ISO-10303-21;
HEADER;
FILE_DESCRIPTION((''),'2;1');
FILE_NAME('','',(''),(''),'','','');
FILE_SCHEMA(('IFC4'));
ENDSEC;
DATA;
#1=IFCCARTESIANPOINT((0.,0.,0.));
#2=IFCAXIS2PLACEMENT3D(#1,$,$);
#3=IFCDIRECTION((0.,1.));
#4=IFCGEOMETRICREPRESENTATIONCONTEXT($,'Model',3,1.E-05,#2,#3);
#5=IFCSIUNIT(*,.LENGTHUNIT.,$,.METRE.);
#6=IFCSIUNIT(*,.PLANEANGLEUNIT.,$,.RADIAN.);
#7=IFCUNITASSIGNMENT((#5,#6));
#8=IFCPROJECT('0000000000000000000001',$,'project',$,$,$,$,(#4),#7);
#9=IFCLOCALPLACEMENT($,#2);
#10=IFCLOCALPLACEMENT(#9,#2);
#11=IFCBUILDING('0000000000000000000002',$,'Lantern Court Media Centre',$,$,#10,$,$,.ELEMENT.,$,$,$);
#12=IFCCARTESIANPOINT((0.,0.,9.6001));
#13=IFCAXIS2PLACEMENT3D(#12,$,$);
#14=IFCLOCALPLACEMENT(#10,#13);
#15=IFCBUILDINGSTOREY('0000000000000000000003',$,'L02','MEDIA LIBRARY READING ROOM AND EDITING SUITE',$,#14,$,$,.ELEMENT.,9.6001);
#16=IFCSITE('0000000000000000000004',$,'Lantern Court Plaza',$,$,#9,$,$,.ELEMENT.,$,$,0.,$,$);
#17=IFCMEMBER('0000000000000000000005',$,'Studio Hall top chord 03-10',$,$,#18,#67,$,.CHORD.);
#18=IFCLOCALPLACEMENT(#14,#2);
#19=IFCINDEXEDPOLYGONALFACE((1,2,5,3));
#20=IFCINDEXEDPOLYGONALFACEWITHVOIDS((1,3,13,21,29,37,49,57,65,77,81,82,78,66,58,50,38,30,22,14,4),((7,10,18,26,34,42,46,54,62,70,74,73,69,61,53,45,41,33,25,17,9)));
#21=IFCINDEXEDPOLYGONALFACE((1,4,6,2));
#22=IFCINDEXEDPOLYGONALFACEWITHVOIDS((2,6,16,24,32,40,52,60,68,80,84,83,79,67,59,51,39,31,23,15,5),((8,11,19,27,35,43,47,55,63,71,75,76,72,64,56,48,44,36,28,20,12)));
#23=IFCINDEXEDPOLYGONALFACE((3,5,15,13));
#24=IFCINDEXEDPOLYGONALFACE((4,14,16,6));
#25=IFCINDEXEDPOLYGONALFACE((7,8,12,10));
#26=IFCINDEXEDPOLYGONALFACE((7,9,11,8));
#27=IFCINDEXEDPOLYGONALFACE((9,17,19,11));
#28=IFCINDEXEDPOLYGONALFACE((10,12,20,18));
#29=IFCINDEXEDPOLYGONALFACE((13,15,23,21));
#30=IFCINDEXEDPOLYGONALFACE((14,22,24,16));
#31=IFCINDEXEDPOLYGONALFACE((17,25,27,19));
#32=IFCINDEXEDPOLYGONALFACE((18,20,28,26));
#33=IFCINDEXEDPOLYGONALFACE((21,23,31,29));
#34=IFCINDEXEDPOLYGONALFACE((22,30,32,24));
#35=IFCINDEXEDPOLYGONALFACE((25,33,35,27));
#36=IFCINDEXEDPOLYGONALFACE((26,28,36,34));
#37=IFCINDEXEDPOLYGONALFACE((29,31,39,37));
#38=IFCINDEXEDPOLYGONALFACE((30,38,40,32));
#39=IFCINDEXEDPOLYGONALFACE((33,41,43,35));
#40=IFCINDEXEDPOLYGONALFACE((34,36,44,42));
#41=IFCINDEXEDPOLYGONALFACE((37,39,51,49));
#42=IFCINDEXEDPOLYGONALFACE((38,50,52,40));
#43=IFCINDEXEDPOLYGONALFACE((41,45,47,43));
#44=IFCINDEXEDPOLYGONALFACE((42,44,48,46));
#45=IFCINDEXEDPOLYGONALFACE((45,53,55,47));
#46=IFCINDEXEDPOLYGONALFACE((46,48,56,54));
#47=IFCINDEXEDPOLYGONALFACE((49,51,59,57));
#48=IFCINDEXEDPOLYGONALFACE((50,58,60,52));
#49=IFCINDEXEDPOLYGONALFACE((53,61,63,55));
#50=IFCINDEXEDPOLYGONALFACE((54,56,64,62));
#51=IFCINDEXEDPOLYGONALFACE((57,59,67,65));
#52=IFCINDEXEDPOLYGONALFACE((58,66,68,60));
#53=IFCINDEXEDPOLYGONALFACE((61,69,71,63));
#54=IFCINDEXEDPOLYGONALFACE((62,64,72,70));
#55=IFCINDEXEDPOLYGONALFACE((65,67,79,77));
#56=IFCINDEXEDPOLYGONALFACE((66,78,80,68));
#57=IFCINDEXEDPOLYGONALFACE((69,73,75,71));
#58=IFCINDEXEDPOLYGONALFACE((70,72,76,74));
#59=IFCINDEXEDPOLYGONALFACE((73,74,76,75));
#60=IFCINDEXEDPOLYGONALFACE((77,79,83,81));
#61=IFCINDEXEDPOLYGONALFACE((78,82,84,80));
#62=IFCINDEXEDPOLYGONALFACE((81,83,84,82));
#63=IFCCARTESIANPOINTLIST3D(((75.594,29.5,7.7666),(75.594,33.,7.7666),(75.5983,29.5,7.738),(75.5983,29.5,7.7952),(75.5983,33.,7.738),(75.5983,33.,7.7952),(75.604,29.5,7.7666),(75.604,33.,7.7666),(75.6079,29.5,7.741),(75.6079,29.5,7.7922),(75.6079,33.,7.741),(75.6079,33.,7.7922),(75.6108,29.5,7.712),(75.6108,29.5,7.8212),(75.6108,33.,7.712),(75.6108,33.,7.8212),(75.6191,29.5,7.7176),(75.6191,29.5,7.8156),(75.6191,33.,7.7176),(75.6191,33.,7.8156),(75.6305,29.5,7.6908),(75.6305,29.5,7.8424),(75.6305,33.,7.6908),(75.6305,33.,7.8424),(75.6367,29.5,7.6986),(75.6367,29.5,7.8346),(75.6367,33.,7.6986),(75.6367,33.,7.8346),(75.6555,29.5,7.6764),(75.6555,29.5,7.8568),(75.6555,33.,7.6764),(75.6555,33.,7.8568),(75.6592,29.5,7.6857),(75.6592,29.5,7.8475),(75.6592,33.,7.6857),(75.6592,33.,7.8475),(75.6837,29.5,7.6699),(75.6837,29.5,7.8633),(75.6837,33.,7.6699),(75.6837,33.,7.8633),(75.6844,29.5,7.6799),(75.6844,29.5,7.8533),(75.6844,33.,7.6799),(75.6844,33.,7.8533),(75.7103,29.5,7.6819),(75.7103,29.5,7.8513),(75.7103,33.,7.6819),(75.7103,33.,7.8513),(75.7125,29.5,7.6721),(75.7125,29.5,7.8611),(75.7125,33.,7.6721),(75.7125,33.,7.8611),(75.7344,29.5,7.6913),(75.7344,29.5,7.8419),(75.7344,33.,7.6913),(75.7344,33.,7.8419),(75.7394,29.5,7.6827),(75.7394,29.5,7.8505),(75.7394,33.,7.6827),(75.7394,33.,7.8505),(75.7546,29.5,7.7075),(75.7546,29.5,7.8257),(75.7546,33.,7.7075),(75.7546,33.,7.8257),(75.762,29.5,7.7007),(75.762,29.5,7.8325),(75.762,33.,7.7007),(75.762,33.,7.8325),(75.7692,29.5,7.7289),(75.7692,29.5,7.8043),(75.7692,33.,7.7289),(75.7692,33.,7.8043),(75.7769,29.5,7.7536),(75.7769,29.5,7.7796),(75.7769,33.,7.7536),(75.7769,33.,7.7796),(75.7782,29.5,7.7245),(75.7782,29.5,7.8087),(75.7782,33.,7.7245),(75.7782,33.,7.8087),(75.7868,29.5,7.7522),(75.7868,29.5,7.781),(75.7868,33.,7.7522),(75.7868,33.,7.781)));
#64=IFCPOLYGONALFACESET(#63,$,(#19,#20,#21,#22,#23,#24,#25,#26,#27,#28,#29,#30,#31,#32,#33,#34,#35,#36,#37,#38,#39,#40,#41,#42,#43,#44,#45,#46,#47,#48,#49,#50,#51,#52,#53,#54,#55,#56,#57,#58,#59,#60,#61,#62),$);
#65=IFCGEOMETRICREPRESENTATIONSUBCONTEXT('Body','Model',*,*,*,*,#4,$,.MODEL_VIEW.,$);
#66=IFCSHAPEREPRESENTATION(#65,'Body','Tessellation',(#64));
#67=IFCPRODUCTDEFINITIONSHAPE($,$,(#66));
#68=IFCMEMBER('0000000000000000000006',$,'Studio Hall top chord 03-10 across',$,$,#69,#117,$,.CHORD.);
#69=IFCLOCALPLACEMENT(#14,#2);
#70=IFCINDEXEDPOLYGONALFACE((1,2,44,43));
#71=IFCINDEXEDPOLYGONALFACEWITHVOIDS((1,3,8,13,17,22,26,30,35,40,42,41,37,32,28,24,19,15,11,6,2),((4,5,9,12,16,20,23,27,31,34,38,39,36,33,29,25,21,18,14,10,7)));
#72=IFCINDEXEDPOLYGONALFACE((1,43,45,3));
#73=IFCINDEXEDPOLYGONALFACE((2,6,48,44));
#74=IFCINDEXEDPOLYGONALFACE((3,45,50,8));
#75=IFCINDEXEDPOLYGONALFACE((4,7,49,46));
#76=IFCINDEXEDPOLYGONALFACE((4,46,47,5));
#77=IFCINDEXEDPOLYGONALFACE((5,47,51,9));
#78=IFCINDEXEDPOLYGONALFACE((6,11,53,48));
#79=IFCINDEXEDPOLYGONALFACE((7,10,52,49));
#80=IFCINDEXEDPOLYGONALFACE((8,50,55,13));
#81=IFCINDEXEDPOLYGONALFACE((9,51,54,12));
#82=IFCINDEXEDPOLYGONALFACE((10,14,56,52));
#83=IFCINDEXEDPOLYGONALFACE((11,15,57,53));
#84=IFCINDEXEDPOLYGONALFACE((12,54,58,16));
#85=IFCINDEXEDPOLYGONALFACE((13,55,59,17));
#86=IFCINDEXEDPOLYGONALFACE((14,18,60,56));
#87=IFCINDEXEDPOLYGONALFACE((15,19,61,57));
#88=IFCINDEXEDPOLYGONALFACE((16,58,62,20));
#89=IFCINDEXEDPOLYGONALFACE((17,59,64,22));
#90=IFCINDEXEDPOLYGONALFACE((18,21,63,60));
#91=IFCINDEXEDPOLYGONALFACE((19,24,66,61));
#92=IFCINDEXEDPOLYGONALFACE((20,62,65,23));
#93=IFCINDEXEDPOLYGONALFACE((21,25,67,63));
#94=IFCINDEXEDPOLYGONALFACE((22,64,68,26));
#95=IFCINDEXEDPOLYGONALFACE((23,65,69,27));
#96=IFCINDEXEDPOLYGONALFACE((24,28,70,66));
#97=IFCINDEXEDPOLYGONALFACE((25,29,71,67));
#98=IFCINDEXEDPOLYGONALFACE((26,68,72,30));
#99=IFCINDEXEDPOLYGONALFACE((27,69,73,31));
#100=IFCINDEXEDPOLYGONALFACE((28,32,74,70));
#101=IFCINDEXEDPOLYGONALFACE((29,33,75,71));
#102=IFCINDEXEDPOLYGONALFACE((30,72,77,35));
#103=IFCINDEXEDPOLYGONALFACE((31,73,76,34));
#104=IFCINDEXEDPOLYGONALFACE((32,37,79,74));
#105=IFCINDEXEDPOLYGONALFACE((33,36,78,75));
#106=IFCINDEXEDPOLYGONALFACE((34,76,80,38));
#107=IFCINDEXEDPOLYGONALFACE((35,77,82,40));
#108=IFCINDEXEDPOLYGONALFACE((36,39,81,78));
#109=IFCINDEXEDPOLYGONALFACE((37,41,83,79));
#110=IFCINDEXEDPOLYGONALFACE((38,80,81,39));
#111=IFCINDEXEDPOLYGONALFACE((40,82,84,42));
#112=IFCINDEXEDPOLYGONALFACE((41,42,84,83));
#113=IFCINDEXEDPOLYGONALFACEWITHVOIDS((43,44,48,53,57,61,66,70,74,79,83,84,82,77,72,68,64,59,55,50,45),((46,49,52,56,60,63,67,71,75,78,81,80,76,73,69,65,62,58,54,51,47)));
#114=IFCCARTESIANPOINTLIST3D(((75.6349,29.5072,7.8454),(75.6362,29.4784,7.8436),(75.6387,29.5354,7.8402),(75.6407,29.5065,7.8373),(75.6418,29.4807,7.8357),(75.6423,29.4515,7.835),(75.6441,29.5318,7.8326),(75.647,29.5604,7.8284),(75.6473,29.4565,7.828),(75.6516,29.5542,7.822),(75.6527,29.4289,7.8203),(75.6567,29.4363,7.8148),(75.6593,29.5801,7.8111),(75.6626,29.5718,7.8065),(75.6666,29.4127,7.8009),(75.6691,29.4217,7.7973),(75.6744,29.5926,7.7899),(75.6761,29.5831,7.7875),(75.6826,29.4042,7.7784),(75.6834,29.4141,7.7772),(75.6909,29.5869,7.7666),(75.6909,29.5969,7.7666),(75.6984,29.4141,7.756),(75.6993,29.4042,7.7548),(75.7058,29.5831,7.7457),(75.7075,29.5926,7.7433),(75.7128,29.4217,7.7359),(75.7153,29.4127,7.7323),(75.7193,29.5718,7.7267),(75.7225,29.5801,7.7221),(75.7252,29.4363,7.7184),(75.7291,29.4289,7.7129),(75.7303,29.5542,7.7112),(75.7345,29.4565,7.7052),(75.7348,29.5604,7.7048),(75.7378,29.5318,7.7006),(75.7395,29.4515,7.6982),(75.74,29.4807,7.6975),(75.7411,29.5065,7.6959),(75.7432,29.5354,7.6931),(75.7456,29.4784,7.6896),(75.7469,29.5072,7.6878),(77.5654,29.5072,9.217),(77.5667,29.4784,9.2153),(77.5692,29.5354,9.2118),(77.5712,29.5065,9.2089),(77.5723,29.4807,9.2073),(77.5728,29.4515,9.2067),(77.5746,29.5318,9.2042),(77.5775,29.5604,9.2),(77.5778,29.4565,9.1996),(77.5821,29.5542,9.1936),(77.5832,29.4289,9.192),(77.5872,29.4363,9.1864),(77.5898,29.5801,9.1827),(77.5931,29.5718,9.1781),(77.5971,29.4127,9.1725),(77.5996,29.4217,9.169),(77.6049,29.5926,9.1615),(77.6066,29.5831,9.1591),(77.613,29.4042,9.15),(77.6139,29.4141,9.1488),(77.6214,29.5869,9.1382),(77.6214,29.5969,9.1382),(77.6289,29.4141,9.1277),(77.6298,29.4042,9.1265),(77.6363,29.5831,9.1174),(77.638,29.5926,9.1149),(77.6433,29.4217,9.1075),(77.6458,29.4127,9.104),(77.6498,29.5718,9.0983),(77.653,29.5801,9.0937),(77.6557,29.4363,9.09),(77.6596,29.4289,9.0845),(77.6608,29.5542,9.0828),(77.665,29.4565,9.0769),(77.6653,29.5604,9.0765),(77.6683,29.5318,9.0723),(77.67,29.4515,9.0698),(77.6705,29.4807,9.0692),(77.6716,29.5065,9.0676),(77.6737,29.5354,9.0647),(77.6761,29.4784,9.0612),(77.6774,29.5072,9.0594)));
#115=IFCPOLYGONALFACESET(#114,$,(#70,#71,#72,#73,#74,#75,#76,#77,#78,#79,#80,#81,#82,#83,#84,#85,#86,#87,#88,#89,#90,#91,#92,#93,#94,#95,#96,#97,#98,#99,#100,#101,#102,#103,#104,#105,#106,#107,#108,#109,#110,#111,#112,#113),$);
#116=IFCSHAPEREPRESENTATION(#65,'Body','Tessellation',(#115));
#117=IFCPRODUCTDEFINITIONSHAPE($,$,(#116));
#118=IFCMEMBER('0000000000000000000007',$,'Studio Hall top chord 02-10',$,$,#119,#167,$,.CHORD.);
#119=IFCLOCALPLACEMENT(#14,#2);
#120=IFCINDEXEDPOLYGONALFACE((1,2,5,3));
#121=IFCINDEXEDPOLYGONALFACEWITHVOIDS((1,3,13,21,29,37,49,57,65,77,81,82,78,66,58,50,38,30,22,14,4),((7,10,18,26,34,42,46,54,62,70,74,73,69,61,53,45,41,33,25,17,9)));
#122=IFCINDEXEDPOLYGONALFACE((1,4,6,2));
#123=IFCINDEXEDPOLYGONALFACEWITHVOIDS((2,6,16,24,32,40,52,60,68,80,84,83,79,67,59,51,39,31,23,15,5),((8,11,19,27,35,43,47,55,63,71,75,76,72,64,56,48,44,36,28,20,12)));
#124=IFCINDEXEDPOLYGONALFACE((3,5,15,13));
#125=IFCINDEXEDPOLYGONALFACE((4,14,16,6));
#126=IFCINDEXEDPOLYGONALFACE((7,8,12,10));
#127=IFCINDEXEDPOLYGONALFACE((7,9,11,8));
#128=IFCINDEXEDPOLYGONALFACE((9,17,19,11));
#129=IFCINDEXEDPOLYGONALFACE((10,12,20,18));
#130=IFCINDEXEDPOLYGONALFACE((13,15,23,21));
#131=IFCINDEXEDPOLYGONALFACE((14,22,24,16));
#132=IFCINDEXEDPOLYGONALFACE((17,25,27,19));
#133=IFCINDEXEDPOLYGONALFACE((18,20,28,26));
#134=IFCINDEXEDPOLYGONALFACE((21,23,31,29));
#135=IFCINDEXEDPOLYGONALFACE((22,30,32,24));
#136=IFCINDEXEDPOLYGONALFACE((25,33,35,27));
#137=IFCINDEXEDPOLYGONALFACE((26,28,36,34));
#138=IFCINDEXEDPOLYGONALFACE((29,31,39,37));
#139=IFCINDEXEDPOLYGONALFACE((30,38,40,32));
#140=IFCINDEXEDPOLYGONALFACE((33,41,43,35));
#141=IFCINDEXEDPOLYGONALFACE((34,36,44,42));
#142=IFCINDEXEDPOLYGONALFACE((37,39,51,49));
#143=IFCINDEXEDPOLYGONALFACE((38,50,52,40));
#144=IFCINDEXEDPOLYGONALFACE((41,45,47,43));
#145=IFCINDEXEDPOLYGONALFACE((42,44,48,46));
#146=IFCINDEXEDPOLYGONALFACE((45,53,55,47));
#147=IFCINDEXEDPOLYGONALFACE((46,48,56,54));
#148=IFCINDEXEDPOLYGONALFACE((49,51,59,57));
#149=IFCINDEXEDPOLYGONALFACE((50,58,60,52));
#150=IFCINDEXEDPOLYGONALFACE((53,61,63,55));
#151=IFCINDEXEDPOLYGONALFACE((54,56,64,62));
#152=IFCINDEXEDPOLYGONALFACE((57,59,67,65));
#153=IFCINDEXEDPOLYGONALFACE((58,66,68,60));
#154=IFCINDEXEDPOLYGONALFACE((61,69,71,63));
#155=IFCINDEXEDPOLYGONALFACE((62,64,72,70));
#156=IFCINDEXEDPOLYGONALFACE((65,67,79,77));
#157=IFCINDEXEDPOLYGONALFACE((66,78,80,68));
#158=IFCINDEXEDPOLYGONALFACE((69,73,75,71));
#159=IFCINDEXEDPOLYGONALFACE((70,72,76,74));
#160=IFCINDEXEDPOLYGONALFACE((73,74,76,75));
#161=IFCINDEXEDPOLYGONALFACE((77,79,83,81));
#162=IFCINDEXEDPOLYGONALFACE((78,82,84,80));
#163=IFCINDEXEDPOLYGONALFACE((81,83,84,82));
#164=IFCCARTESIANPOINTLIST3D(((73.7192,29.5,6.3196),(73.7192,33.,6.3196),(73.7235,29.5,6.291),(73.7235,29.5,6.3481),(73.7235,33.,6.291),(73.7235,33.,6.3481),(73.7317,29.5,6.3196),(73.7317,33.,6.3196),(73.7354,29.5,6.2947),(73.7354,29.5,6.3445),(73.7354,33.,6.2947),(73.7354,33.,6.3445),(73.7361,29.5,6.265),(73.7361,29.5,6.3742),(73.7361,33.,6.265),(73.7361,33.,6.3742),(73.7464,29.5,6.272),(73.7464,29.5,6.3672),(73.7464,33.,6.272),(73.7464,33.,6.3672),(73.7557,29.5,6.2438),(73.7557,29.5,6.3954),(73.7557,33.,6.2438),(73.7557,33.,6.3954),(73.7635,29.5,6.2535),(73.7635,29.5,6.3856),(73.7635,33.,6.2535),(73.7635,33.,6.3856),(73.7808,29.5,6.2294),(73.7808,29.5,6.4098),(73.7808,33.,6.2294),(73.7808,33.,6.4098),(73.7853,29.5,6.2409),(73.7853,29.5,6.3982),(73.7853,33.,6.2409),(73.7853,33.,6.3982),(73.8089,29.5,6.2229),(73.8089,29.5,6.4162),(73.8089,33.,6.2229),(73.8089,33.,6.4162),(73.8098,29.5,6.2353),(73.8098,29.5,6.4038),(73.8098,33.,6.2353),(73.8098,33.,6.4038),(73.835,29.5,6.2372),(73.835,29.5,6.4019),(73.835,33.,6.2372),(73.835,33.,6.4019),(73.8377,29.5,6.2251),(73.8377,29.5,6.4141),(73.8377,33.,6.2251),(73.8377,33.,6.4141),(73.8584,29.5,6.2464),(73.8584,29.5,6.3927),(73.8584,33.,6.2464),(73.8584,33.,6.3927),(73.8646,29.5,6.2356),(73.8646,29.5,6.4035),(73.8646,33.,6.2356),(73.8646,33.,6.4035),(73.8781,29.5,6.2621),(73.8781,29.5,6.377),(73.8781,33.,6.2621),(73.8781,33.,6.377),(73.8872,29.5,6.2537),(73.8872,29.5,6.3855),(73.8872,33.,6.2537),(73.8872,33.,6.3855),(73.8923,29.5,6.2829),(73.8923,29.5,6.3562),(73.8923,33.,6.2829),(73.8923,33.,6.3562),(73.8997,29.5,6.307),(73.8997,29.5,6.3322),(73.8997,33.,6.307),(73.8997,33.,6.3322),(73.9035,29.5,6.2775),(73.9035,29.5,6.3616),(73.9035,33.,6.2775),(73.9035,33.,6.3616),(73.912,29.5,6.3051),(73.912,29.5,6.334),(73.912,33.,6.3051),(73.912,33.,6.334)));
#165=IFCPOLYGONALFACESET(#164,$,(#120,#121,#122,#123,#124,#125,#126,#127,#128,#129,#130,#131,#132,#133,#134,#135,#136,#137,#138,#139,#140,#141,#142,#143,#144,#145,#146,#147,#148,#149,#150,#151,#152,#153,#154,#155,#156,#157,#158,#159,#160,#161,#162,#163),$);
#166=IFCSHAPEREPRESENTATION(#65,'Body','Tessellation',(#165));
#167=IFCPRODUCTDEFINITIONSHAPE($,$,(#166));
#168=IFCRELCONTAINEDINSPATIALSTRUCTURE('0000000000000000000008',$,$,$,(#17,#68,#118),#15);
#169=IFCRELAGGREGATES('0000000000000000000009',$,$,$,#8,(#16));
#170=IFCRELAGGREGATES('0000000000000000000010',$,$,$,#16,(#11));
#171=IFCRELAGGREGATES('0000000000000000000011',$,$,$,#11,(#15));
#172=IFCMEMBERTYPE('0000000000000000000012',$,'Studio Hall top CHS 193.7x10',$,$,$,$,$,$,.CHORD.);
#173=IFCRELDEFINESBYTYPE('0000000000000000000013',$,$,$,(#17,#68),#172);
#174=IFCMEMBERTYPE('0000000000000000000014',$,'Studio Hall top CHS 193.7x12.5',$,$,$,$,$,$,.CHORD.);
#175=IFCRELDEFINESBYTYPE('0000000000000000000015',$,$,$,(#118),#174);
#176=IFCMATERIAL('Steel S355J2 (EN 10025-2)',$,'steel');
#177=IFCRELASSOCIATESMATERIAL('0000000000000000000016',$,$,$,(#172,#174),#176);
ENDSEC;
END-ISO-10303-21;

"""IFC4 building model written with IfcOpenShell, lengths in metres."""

from ifc_helpers import new_model, si_unit, direction, frame, origin, origin_2d, place, context, subcontext, project, spatial, hollow_circle, extrude, material, material_profile, profile_set, type_object, element, save


model = new_model("IFC4")

# Units and contexts
model_context = context("Model", 3, precision=1e-05, world=origin(), true_north=direction((0.0, 1.0)))
body_context = subcontext(model_context, "Body", "Model", "MODEL_VIEW")
ifc_project = project(units=[si_unit("LENGTHUNIT", "METRE"), si_unit("PLANEANGLEUNIT", "RADIAN")], contexts=[model_context])

# Site, building, storey
site_placement = place(None, origin())
site = spatial("IfcSite", under=ifc_project, at=site_placement, Name="Lantern Court Plaza", CompositionType="ELEMENT", RefElevation=0.0)
building_placement = place(site_placement, origin())
building = spatial("IfcBuilding", under=site, at=building_placement, Name="Lantern Court Media Centre", CompositionType="ELEMENT")
storey_placement = place(building_placement, frame((0.0, 0.0, 9.6001)))
storey = spatial("IfcBuildingStorey", under=building, at=storey_placement, Name="L02", Description="MEDIA LIBRARY READING ROOM AND EDITING SUITE", CompositionType="ELEMENT", Elevation=9.6001)

# Members
ifc_material_1 = material(Name="Steel S355J2 (EN 10025-2)", Category="steel")
ifc_material_profile_1 = material_profile(ifc_material_1, hollow_circle(Radius=0.0969, WallThickness=0.01, at=origin_2d()), Name="Studio Hall top CHS 193.7x10")
ifc_profile_set_1 = profile_set([ifc_material_profile_1], Name="Steel S355J2 (EN 10025-2)")
member_type_1 = type_object("IfcMemberType", Name="Studio Hall top CHS 193.7x10", PredefinedType="CHORD", material=ifc_profile_set_1)
member_1_placement = place(storey_placement, frame((75.6909, 29.5, 7.7666), z_axis=(0.0, 1.0, 0.0), x_axis=(-1.0, 0.0, 0.0)))
element("IfcMember", 1, at=member_1_placement, inside=storey, type_object=member_type_1, Name="Studio Hall top chord 03-10", PredefinedType="CHORD", context=body_context, shape_type="SweptSolid", body=[
    extrude(hollow_circle(Radius=0.0969, WallThickness=0.01, at=origin_2d()), origin(), (0.0, 0.0, 1.0), 3.5),
])
member_2_placement = place(storey_placement, frame((75.6909, 29.5, 7.7666), z_axis=(0.815187, 0.0, 0.579198), x_axis=(0.0, 1.0, 0.0)))
element("IfcMember", 2, at=member_2_placement, inside=storey, type_object=member_type_1, Name="Studio Hall top chord 03-10 across", PredefinedType="CHORD", context=body_context, shape_type="SweptSolid", body=[
    extrude(hollow_circle(Radius=0.0969, WallThickness=0.01, at=origin_2d()), origin(), (0.0, 0.0, 1.0), 2.3682),
])
ifc_material_profile_2 = material_profile(ifc_material_1, hollow_circle(Radius=0.0969, WallThickness=0.0125, at=origin_2d()), Name="Studio Hall top CHS 193.7x12.5")
ifc_profile_set_2 = profile_set([ifc_material_profile_2], Name="Steel S355J2 (EN 10025-2)")
member_type_2 = type_object("IfcMemberType", Name="Studio Hall top CHS 193.7x12.5", PredefinedType="CHORD", material=ifc_profile_set_2)
for number, where, z_axis, x_axis, name in (
    (3, (73.8162, 29.5, 6.3196), (0.0, 1.0, 0.0), (-1.0, 0.0, 0.0), "Studio Hall top chord 02-10"),
):
    element("IfcMember", number, at=place(storey_placement, frame(where, z_axis=z_axis, x_axis=x_axis)), inside=storey, type_object=member_type_2, Name=name, PredefinedType="CHORD", context=body_context, shape_type="SweptSolid", body=[
        extrude(hollow_circle(Radius=0.0969, WallThickness=0.0125, at=origin_2d()), origin(), (0.0, 0.0, 1.0), 3.5),
    ])

save(model, "model.ifc")
